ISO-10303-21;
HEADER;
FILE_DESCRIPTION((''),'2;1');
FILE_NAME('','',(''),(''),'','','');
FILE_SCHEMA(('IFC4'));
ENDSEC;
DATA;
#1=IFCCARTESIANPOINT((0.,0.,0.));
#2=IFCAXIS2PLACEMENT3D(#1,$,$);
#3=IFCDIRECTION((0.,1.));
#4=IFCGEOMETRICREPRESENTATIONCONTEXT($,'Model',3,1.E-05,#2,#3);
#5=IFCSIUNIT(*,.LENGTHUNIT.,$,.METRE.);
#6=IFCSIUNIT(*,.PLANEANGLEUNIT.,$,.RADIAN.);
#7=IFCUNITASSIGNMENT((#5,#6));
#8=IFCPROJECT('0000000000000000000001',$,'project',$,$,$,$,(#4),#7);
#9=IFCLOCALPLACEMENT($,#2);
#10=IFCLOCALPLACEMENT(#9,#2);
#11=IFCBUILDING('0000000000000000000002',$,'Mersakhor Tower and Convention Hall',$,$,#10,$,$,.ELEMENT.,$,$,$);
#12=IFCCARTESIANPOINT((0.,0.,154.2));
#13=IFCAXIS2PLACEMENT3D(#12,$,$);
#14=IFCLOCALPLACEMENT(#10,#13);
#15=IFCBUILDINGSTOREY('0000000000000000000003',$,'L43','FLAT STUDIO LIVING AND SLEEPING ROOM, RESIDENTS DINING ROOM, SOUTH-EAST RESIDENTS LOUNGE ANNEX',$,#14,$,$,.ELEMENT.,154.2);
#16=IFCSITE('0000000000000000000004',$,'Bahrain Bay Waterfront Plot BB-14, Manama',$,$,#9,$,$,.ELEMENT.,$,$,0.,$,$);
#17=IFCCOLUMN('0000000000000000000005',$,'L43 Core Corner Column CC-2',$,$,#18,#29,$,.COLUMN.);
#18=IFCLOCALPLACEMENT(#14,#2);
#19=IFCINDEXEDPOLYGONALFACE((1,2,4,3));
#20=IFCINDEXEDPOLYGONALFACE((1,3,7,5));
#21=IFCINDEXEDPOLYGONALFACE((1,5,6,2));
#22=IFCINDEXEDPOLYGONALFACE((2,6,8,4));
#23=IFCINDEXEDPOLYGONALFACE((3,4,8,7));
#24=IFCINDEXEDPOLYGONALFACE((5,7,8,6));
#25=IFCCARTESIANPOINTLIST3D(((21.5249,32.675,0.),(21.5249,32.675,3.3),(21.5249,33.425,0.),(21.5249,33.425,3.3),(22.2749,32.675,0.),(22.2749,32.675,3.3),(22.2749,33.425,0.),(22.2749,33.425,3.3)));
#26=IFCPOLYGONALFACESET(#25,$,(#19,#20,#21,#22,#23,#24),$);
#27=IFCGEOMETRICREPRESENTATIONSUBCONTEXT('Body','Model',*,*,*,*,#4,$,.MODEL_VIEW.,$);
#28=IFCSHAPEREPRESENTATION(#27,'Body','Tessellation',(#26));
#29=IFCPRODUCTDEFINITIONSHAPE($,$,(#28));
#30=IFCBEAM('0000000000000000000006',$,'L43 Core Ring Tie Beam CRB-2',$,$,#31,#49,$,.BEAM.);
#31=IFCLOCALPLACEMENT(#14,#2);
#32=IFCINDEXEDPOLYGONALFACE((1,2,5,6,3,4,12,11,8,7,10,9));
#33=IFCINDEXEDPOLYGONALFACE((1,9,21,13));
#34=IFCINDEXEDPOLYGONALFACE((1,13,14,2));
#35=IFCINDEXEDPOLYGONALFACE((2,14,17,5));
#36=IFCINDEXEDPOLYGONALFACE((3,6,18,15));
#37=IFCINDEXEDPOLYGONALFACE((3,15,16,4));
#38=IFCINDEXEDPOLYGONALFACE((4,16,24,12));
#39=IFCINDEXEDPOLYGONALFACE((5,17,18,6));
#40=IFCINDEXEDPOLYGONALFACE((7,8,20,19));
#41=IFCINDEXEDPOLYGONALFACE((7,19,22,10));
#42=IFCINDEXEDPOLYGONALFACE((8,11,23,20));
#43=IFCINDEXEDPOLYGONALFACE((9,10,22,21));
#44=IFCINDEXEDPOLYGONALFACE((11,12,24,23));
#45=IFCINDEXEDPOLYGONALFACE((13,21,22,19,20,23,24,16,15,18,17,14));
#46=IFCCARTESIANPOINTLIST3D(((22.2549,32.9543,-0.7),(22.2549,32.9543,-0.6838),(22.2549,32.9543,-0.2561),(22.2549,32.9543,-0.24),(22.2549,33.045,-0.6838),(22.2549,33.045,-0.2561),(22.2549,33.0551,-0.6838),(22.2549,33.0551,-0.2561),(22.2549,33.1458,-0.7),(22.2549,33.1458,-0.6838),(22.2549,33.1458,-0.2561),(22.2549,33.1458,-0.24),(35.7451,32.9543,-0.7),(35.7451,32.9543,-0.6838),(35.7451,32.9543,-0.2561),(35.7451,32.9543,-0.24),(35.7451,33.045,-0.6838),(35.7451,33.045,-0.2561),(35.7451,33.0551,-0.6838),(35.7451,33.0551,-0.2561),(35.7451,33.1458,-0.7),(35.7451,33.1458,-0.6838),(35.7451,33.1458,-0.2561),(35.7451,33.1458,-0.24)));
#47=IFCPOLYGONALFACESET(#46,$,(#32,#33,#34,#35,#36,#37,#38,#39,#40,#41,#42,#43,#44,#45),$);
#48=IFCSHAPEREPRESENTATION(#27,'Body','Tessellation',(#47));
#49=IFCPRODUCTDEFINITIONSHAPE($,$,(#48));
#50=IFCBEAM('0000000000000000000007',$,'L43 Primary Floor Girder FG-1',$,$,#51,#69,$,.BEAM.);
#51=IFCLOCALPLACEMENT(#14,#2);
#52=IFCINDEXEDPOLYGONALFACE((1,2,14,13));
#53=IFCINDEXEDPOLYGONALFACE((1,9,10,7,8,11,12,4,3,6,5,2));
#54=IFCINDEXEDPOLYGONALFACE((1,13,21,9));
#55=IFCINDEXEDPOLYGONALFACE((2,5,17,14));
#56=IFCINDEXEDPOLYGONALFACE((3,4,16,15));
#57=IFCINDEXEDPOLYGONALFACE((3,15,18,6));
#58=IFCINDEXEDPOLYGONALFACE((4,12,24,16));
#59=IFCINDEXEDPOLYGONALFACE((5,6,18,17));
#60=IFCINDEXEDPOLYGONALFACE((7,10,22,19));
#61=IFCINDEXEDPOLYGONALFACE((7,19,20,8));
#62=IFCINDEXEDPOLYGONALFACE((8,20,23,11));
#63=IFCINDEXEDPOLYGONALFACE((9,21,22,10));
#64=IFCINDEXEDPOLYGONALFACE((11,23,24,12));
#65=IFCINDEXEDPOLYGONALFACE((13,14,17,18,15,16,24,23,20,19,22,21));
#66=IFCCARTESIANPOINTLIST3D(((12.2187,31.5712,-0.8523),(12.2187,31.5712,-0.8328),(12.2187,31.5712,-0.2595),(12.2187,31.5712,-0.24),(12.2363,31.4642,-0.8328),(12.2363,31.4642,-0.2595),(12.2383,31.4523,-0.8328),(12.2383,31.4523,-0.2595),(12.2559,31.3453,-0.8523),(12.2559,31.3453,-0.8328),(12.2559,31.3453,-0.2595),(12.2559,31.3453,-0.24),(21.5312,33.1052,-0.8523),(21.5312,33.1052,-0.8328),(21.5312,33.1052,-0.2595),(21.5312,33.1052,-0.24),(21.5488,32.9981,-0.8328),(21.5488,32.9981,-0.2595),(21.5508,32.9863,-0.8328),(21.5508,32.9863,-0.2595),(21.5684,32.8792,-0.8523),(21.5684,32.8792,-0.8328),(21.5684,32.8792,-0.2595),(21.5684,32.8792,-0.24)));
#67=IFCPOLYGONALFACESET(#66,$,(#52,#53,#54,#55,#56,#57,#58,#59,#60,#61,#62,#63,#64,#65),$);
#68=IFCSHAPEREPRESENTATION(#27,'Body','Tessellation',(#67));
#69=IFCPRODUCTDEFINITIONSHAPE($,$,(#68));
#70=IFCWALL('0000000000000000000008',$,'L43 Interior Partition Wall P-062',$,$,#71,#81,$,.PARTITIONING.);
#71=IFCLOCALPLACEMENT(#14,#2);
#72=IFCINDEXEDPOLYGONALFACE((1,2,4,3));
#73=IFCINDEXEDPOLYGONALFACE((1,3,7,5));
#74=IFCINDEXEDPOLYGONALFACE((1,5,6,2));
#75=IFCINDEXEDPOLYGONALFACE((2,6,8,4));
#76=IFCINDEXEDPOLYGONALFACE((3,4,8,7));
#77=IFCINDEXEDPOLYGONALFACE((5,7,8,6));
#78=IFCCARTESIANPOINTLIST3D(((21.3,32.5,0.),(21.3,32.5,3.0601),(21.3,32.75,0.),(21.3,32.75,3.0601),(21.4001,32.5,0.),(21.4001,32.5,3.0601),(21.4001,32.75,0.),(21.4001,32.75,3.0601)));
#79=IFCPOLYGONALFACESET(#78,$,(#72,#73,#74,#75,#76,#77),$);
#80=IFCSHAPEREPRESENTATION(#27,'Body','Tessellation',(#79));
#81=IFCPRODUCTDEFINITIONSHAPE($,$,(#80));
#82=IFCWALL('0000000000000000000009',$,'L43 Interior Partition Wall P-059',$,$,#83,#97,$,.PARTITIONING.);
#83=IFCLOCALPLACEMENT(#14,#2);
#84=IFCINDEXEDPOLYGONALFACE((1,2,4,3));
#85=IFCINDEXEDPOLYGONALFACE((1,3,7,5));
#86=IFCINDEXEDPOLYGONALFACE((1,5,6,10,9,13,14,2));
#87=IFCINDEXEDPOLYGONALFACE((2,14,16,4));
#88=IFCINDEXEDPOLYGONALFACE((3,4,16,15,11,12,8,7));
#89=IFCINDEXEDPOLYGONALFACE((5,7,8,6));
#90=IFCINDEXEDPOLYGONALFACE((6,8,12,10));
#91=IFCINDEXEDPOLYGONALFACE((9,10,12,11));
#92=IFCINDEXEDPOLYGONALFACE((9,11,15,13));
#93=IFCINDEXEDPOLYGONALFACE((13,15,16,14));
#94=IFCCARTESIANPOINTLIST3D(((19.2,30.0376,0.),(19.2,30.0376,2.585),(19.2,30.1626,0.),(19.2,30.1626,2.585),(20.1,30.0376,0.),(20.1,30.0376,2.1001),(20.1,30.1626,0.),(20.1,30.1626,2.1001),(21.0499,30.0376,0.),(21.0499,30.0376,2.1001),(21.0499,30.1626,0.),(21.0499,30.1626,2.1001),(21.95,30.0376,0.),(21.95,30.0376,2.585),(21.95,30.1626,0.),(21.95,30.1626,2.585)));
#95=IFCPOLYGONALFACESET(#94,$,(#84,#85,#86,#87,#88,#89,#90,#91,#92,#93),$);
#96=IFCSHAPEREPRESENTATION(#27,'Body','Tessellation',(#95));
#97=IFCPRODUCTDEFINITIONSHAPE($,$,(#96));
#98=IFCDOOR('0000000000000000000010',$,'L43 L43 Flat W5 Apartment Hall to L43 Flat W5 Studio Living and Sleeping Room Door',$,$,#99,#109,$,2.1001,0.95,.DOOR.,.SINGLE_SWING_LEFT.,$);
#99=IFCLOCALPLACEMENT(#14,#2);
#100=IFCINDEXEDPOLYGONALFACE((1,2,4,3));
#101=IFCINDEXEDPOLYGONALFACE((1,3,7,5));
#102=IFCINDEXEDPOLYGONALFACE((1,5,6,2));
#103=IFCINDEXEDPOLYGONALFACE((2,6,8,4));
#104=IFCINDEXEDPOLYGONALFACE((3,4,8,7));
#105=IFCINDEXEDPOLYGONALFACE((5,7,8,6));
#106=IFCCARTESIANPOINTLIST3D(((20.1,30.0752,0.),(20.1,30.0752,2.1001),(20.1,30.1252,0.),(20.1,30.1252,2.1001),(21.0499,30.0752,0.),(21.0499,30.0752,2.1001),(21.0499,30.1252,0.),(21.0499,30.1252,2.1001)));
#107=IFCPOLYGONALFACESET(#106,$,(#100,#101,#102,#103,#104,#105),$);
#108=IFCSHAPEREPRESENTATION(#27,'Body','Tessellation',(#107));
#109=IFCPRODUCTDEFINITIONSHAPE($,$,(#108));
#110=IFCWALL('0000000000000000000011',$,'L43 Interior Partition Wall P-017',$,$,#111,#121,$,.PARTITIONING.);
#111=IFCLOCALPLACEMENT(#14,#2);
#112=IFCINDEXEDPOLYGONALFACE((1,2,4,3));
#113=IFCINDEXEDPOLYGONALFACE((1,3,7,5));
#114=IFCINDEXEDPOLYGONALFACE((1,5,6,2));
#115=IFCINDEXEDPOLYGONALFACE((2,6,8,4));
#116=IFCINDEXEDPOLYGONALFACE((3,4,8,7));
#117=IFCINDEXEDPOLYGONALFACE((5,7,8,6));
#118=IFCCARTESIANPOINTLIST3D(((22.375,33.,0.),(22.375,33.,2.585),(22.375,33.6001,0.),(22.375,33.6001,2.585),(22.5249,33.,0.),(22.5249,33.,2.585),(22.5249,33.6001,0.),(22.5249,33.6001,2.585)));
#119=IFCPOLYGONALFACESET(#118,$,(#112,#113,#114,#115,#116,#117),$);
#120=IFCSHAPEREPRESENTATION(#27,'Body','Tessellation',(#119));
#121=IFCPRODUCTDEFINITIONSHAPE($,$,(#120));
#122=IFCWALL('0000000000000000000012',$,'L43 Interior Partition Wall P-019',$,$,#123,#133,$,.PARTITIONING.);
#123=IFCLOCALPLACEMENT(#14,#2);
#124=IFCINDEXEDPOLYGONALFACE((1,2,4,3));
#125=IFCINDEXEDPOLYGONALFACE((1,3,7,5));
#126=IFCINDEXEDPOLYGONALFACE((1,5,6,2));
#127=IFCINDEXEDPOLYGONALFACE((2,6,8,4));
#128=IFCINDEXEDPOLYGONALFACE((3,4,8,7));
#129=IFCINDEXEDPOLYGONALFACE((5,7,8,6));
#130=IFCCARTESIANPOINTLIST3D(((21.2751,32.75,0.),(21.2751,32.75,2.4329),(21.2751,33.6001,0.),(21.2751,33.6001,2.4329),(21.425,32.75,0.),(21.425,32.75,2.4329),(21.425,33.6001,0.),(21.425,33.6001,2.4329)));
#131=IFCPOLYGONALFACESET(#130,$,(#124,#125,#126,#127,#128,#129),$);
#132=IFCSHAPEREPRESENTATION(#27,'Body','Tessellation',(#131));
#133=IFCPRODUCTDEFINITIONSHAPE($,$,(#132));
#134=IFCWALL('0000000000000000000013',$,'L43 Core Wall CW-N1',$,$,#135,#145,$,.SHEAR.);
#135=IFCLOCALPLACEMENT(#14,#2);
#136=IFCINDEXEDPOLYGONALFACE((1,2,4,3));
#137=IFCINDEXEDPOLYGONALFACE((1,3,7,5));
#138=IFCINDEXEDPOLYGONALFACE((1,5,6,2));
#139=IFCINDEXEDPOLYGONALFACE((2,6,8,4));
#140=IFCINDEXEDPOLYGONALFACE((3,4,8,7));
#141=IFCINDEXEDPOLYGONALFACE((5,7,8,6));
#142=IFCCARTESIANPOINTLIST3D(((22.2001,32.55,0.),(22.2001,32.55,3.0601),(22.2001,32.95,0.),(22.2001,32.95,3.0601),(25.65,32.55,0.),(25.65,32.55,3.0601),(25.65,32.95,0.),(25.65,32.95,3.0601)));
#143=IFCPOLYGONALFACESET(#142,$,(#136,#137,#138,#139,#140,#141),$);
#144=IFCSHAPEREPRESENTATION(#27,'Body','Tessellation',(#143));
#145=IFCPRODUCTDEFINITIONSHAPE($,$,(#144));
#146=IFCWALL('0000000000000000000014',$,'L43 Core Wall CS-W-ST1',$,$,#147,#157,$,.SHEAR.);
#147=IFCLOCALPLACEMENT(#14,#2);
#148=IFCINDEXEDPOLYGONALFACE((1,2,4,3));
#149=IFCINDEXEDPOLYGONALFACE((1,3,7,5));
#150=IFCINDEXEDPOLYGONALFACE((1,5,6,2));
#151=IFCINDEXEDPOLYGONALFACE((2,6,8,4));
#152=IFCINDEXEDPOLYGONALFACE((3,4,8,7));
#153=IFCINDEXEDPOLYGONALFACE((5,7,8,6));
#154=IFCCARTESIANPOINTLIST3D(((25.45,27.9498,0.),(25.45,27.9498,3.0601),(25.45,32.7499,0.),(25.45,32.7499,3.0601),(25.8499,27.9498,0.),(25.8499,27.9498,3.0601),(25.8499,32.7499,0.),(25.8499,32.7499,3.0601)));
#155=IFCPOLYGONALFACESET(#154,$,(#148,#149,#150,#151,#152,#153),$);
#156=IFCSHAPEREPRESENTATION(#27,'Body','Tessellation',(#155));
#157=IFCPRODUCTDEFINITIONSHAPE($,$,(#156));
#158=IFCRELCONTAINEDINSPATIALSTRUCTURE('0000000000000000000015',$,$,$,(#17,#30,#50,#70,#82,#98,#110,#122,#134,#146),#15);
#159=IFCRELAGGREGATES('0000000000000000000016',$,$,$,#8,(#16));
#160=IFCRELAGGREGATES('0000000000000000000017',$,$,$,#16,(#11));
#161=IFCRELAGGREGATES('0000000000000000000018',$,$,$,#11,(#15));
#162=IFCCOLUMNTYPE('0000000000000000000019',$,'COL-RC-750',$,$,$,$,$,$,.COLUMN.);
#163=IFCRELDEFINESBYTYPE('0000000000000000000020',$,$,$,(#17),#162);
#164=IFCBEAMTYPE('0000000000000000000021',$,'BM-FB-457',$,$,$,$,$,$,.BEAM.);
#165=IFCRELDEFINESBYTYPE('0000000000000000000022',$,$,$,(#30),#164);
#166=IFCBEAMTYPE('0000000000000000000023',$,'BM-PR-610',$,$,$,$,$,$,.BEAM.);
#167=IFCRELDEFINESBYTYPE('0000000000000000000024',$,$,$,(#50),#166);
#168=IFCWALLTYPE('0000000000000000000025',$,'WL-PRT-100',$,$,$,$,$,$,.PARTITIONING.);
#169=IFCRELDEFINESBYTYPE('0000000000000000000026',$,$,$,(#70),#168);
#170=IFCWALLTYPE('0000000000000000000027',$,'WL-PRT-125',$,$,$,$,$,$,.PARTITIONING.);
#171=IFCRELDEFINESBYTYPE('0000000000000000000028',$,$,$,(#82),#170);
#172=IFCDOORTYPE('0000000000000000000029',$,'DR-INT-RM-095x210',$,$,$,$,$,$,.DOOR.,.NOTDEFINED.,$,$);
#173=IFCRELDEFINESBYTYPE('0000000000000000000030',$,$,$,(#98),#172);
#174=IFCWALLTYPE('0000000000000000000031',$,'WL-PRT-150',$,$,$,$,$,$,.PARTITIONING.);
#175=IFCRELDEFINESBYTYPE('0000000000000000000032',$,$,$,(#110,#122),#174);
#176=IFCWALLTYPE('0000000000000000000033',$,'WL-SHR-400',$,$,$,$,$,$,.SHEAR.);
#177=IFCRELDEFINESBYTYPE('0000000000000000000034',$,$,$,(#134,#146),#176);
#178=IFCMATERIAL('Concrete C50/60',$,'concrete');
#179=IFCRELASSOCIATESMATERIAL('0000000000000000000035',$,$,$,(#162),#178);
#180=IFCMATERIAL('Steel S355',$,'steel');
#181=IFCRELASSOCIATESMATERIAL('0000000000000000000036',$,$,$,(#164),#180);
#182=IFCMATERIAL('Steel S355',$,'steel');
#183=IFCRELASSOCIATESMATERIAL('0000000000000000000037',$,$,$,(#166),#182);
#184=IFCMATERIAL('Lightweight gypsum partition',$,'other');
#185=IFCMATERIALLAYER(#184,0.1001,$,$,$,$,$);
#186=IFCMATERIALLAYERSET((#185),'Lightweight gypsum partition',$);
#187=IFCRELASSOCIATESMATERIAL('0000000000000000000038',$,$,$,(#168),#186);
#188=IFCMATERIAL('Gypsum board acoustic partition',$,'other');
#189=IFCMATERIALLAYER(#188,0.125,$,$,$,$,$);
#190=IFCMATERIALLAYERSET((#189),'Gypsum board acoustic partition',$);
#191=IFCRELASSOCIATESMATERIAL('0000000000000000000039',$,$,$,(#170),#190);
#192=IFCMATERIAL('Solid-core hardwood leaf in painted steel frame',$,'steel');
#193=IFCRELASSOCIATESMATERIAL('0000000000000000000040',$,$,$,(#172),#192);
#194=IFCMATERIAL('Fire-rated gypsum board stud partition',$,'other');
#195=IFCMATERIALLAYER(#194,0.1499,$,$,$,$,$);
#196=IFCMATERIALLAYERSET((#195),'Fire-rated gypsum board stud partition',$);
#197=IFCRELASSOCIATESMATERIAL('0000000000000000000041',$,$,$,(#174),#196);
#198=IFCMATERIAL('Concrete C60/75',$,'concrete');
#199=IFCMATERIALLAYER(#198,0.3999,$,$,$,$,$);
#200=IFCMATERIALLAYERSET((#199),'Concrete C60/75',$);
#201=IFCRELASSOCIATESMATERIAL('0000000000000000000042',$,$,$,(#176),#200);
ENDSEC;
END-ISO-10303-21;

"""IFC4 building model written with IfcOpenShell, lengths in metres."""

from ifc_helpers import new_model, si_unit, direction, frame, frame_2d, origin, origin_2d, place, context, subcontext, project, spatial, rectangle, i_section, extrude, material, layer, layer_set, material_profile, profile_set, type_object, element, fill, save


model = new_model("IFC4")

# Units and contexts
model_context = context("Model", 3, precision=1e-05, world=origin(), true_north=direction((0.0, 1.0)))
body_context = subcontext(model_context, "Body", "Model", "MODEL_VIEW")
ifc_project = project(units=[si_unit("LENGTHUNIT", "METRE"), si_unit("PLANEANGLEUNIT", "RADIAN")], contexts=[model_context])

# Site, building, storey
site_placement = place(None, origin())
site = spatial("IfcSite", under=ifc_project, at=site_placement, Name="Bahrain Bay Waterfront Plot BB-14, Manama", CompositionType="ELEMENT", RefElevation=0.0)
building_placement = place(site_placement, origin())
building = spatial("IfcBuilding", under=site, at=building_placement, Name="Mersakhor Tower and Convention Hall", CompositionType="ELEMENT")
storey_placement = place(building_placement, frame((0.0, 0.0, 154.2)))
storey = spatial("IfcBuildingStorey", under=building, at=storey_placement, Name="L43", Description="FLAT STUDIO LIVING AND SLEEPING ROOM, RESIDENTS DINING ROOM, SOUTH-EAST RESIDENTS LOUNGE ANNEX", CompositionType="ELEMENT", Elevation=154.2)

# Column
ifc_material_1 = material(Name="Concrete C50/60", Category="concrete")
ifc_material_profile_1 = material_profile(ifc_material_1, rectangle(XDim=0.75, YDim=0.75, at=origin_2d()), Name="RC 750x750")
ifc_profile_set_1 = profile_set([ifc_material_profile_1], Name="Concrete C50/60")
column_type = type_object("IfcColumnType", Name="COL-RC-750", PredefinedType="COLUMN", material=ifc_profile_set_1)
column_placement = place(storey_placement, frame((21.8999, 33.05, 0.0), z_axis=(0.0, 0.0, 1.0), x_axis=(1.0, 0.0, 0.0)))
element("IfcColumn", 1, at=column_placement, inside=storey, type_object=column_type, Name="L43 Core Corner Column CC-2", PredefinedType="COLUMN", context=body_context, shape_type="SweptSolid", body=[
    extrude(rectangle(XDim=0.75, YDim=0.75, at=origin_2d()), origin(), (0.0, 0.0, 1.0), 3.3),
])

# Beams
ifc_material_2 = material(Name="Steel S355", Category="steel")
ifc_material_profile_2 = material_profile(ifc_material_2, i_section(OverallWidth=0.1914, OverallDepth=0.46, WebThickness=0.01, FlangeThickness=0.0161, at=origin_2d()), Name="UB 457x191x82")
ifc_profile_set_2 = profile_set([ifc_material_profile_2], Name="Steel S355")
beam_type_1 = type_object("IfcBeamType", Name="BM-FB-457", PredefinedType="BEAM", material=ifc_profile_set_2)
beam_1_placement = place(storey_placement, frame((22.2549, 33.05, -0.47), z_axis=(1.0, 0.0, 0.0), x_axis=(0.0, 1.0, 0.0)))
element("IfcBeam", 2, at=beam_1_placement, inside=storey, type_object=beam_type_1, Name="L43 Core Ring Tie Beam CRB-2", PredefinedType="BEAM", context=body_context, shape_type="SweptSolid", body=[
    extrude(i_section(OverallWidth=0.1914, OverallDepth=0.46, WebThickness=0.01, FlangeThickness=0.0161, at=origin_2d()), origin(), (0.0, 0.0, 1.0), 13.4902),
])
ifc_material_3 = material(Name="Steel S355", Category="steel")
ifc_material_profile_3 = material_profile(ifc_material_3, i_section(OverallWidth=0.229, OverallDepth=0.6123, WebThickness=0.012, FlangeThickness=0.0195, at=origin_2d()), Name="UB 610x229x125")
ifc_profile_set_3 = profile_set([ifc_material_profile_3], Name="Steel S355")
beam_type_2 = type_object("IfcBeamType", Name="BM-PR-610", PredefinedType="BEAM", material=ifc_profile_set_3)
beam_2_placement = place(storey_placement, frame((21.5498, 32.9922, -0.5461), z_axis=(-0.986704, -0.162528, 0.0), x_axis=(0.162528, -0.986704, 0.0)))
element("IfcBeam", 3, at=beam_2_placement, inside=storey, type_object=beam_type_2, Name="L43 Primary Floor Girder FG-1", PredefinedType="BEAM", context=body_context, shape_type="SweptSolid", body=[
    extrude(i_section(OverallWidth=0.229, OverallDepth=0.6123, WebThickness=0.012, FlangeThickness=0.0195, at=origin_2d()), origin(), (0.0, 0.0, 1.0), 9.438),
])

# Wall
ifc_material_4 = material(Name="Lightweight gypsum partition", Category="other")
ifc_layer_1 = layer(ifc_material_4, 0.1001)
ifc_layer_set_1 = layer_set([ifc_layer_1], Name="Lightweight gypsum partition")
wall_type_1 = type_object("IfcWallType", Name="WL-PRT-100", PredefinedType="PARTITIONING", material=ifc_layer_set_1)
wall_1_placement = place(storey_placement, frame((21.3501, 32.75, 0.0), z_axis=(0.0, 0.0, 1.0), x_axis=(0.0, -1.0, 0.0)))
element("IfcWall", 4, at=wall_1_placement, inside=storey, type_object=wall_type_1, Name="L43 Interior Partition Wall P-062", PredefinedType="PARTITIONING", context=body_context, shape_type="SweptSolid", body=[
    extrude(rectangle(XDim=0.25, YDim=0.1001, at=frame_2d((0.125, 0.0))), origin(), (0.0, 0.0, 1.0), 3.0601),
])

# Wall, opening, door
ifc_material_5 = material(Name="Gypsum board acoustic partition", Category="other")
ifc_layer_2 = layer(ifc_material_5, 0.125)
ifc_layer_set_2 = layer_set([ifc_layer_2], Name="Gypsum board acoustic partition")
wall_type_2 = type_object("IfcWallType", Name="WL-PRT-125", PredefinedType="PARTITIONING", material=ifc_layer_set_2)
wall_2_placement = place(storey_placement, frame((21.95, 30.1001, 0.0), z_axis=(0.0, 0.0, 1.0), x_axis=(-1.0, 0.0, 0.0)))
wall_2 = element("IfcWall", 5, at=wall_2_placement, inside=storey, type_object=wall_type_2, Name="L43 Interior Partition Wall P-059", PredefinedType="PARTITIONING", context=body_context, shape_type="SweptSolid", body=[
    extrude(rectangle(XDim=2.75, YDim=0.125, at=frame_2d((1.375, 0.0))), origin(), (0.0, 0.0, 1.0), 2.585),
])
opening_1_placement = place(wall_2_placement, frame((0.8999, 0.0, 0.0)))
opening_1 = element("IfcOpeningElement", 6, at=opening_1_placement, cuts=wall_2, PredefinedType="OPENING", context=body_context, shape_type="SweptSolid", body=[
    extrude(rectangle(XDim=0.95, YDim=2.1001, at=frame_2d((0.4751, 1.05))), frame((0.0, 0.0725, 0.0), z_axis=(0.0, -1.0, 0.0), x_axis=(1.0, 0.0, 0.0)), (0.0, 0.0, 1.0), 0.145),
])
ifc_material_6 = material(Name="Solid-core hardwood leaf in painted steel frame", Category="steel")
door_type_1 = type_object("IfcDoorType", Name="DR-INT-RM-095x210", OperationType="NOTDEFINED", PredefinedType="DOOR", material=ifc_material_6)
door_1_placement = place(opening_1_placement, origin())
door_1 = element("IfcDoor", 7, at=door_1_placement, inside=storey, type_object=door_type_1, Name="L43 L43 Flat W5 Apartment Hall to L43 Flat W5 Studio Living and Sleeping Room Door", OperationType="SINGLE_SWING_LEFT", OverallHeight=2.1001, OverallWidth=0.95, PredefinedType="DOOR", context=body_context, shape_type="SweptSolid", body=[
    extrude(rectangle(XDim=0.95, YDim=2.1001, at=frame_2d((0.4751, 1.05))), frame((0.0, 0.0249, 0.0), z_axis=(0.0, -1.0, 0.0), x_axis=(1.0, 0.0, 0.0)), (0.0, 0.0, 1.0), 0.05),
])
fill(opening_1, door_1)

# Walls
ifc_material_7 = material(Name="Fire-rated gypsum board stud partition", Category="other")
ifc_layer_3 = layer(ifc_material_7, 0.1499)
ifc_layer_set_3 = layer_set([ifc_layer_3], Name="Fire-rated gypsum board stud partition")
wall_type_3 = type_object("IfcWallType", Name="WL-PRT-150", PredefinedType="PARTITIONING", material=ifc_layer_set_3)
wall_3_placement = place(storey_placement, frame((22.45, 33.0, 0.0), z_axis=(0.0, 0.0, 1.0), x_axis=(0.0, 1.0, 0.0)))
element("IfcWall", 8, at=wall_3_placement, inside=storey, type_object=wall_type_3, Name="L43 Interior Partition Wall P-017", PredefinedType="PARTITIONING", context=body_context, shape_type="SweptSolid", body=[
    extrude(rectangle(XDim=0.6001, YDim=0.1499, at=frame_2d((0.3, 0.0))), origin(), (0.0, 0.0, 1.0), 2.585),
])
wall_4_placement = place(storey_placement, frame((21.3501, 33.6001, 0.0), z_axis=(0.0, 0.0, 1.0), x_axis=(0.0, -1.0, 0.0)))
element("IfcWall", 9, at=wall_4_placement, inside=storey, type_object=wall_type_3, Name="L43 Interior Partition Wall P-019", PredefinedType="PARTITIONING", context=body_context, shape_type="SweptSolid", body=[
    extrude(rectangle(XDim=0.8501, YDim=0.1499, at=frame_2d((0.425, 0.0))), origin(), (0.0, 0.0, 1.0), 2.4329),
])

# Wall
ifc_material_8 = material(Name="Concrete C60/75", Category="concrete")
ifc_layer_4 = layer(ifc_material_8, 0.3999)
ifc_layer_set_4 = layer_set([ifc_layer_4], Name="Concrete C60/75")
wall_type_4 = type_object("IfcWallType", Name="WL-SHR-400", PredefinedType="SHEAR", material=ifc_layer_set_4)
wall_5_placement = place(storey_placement, frame((22.2, 32.75, 0.0), z_axis=(0.0, 0.0, 1.0), x_axis=(1.0, 0.0, 0.0)))
element("IfcWall", 10, at=wall_5_placement, inside=storey, type_object=wall_type_4, Name="L43 Core Wall CW-N1", PredefinedType="SHEAR", context=body_context, shape_type="SweptSolid", body=[
    extrude(rectangle(XDim=3.45, YDim=0.3999, at=frame_2d((1.7251, 0.0))), origin(), (0.0, 0.0, 1.0), 3.0601),
])

# Wall
wall_6_placement = place(storey_placement, frame((25.6499, 27.95, 0.0), z_axis=(0.0, 0.0, 1.0), x_axis=(0.0, 1.0, 0.0)))
element("IfcWall", 11, at=wall_6_placement, inside=storey, type_object=wall_type_4, Name="L43 Core Wall CS-W-ST1", PredefinedType="SHEAR", context=body_context, shape_type="SweptSolid", body=[
    extrude(rectangle(XDim=4.8, YDim=0.3999, at=frame_2d((2.3999, 0.0))), origin(), (0.0, 0.0, 1.0), 3.0601),
])

save(model, "model.ifc")
